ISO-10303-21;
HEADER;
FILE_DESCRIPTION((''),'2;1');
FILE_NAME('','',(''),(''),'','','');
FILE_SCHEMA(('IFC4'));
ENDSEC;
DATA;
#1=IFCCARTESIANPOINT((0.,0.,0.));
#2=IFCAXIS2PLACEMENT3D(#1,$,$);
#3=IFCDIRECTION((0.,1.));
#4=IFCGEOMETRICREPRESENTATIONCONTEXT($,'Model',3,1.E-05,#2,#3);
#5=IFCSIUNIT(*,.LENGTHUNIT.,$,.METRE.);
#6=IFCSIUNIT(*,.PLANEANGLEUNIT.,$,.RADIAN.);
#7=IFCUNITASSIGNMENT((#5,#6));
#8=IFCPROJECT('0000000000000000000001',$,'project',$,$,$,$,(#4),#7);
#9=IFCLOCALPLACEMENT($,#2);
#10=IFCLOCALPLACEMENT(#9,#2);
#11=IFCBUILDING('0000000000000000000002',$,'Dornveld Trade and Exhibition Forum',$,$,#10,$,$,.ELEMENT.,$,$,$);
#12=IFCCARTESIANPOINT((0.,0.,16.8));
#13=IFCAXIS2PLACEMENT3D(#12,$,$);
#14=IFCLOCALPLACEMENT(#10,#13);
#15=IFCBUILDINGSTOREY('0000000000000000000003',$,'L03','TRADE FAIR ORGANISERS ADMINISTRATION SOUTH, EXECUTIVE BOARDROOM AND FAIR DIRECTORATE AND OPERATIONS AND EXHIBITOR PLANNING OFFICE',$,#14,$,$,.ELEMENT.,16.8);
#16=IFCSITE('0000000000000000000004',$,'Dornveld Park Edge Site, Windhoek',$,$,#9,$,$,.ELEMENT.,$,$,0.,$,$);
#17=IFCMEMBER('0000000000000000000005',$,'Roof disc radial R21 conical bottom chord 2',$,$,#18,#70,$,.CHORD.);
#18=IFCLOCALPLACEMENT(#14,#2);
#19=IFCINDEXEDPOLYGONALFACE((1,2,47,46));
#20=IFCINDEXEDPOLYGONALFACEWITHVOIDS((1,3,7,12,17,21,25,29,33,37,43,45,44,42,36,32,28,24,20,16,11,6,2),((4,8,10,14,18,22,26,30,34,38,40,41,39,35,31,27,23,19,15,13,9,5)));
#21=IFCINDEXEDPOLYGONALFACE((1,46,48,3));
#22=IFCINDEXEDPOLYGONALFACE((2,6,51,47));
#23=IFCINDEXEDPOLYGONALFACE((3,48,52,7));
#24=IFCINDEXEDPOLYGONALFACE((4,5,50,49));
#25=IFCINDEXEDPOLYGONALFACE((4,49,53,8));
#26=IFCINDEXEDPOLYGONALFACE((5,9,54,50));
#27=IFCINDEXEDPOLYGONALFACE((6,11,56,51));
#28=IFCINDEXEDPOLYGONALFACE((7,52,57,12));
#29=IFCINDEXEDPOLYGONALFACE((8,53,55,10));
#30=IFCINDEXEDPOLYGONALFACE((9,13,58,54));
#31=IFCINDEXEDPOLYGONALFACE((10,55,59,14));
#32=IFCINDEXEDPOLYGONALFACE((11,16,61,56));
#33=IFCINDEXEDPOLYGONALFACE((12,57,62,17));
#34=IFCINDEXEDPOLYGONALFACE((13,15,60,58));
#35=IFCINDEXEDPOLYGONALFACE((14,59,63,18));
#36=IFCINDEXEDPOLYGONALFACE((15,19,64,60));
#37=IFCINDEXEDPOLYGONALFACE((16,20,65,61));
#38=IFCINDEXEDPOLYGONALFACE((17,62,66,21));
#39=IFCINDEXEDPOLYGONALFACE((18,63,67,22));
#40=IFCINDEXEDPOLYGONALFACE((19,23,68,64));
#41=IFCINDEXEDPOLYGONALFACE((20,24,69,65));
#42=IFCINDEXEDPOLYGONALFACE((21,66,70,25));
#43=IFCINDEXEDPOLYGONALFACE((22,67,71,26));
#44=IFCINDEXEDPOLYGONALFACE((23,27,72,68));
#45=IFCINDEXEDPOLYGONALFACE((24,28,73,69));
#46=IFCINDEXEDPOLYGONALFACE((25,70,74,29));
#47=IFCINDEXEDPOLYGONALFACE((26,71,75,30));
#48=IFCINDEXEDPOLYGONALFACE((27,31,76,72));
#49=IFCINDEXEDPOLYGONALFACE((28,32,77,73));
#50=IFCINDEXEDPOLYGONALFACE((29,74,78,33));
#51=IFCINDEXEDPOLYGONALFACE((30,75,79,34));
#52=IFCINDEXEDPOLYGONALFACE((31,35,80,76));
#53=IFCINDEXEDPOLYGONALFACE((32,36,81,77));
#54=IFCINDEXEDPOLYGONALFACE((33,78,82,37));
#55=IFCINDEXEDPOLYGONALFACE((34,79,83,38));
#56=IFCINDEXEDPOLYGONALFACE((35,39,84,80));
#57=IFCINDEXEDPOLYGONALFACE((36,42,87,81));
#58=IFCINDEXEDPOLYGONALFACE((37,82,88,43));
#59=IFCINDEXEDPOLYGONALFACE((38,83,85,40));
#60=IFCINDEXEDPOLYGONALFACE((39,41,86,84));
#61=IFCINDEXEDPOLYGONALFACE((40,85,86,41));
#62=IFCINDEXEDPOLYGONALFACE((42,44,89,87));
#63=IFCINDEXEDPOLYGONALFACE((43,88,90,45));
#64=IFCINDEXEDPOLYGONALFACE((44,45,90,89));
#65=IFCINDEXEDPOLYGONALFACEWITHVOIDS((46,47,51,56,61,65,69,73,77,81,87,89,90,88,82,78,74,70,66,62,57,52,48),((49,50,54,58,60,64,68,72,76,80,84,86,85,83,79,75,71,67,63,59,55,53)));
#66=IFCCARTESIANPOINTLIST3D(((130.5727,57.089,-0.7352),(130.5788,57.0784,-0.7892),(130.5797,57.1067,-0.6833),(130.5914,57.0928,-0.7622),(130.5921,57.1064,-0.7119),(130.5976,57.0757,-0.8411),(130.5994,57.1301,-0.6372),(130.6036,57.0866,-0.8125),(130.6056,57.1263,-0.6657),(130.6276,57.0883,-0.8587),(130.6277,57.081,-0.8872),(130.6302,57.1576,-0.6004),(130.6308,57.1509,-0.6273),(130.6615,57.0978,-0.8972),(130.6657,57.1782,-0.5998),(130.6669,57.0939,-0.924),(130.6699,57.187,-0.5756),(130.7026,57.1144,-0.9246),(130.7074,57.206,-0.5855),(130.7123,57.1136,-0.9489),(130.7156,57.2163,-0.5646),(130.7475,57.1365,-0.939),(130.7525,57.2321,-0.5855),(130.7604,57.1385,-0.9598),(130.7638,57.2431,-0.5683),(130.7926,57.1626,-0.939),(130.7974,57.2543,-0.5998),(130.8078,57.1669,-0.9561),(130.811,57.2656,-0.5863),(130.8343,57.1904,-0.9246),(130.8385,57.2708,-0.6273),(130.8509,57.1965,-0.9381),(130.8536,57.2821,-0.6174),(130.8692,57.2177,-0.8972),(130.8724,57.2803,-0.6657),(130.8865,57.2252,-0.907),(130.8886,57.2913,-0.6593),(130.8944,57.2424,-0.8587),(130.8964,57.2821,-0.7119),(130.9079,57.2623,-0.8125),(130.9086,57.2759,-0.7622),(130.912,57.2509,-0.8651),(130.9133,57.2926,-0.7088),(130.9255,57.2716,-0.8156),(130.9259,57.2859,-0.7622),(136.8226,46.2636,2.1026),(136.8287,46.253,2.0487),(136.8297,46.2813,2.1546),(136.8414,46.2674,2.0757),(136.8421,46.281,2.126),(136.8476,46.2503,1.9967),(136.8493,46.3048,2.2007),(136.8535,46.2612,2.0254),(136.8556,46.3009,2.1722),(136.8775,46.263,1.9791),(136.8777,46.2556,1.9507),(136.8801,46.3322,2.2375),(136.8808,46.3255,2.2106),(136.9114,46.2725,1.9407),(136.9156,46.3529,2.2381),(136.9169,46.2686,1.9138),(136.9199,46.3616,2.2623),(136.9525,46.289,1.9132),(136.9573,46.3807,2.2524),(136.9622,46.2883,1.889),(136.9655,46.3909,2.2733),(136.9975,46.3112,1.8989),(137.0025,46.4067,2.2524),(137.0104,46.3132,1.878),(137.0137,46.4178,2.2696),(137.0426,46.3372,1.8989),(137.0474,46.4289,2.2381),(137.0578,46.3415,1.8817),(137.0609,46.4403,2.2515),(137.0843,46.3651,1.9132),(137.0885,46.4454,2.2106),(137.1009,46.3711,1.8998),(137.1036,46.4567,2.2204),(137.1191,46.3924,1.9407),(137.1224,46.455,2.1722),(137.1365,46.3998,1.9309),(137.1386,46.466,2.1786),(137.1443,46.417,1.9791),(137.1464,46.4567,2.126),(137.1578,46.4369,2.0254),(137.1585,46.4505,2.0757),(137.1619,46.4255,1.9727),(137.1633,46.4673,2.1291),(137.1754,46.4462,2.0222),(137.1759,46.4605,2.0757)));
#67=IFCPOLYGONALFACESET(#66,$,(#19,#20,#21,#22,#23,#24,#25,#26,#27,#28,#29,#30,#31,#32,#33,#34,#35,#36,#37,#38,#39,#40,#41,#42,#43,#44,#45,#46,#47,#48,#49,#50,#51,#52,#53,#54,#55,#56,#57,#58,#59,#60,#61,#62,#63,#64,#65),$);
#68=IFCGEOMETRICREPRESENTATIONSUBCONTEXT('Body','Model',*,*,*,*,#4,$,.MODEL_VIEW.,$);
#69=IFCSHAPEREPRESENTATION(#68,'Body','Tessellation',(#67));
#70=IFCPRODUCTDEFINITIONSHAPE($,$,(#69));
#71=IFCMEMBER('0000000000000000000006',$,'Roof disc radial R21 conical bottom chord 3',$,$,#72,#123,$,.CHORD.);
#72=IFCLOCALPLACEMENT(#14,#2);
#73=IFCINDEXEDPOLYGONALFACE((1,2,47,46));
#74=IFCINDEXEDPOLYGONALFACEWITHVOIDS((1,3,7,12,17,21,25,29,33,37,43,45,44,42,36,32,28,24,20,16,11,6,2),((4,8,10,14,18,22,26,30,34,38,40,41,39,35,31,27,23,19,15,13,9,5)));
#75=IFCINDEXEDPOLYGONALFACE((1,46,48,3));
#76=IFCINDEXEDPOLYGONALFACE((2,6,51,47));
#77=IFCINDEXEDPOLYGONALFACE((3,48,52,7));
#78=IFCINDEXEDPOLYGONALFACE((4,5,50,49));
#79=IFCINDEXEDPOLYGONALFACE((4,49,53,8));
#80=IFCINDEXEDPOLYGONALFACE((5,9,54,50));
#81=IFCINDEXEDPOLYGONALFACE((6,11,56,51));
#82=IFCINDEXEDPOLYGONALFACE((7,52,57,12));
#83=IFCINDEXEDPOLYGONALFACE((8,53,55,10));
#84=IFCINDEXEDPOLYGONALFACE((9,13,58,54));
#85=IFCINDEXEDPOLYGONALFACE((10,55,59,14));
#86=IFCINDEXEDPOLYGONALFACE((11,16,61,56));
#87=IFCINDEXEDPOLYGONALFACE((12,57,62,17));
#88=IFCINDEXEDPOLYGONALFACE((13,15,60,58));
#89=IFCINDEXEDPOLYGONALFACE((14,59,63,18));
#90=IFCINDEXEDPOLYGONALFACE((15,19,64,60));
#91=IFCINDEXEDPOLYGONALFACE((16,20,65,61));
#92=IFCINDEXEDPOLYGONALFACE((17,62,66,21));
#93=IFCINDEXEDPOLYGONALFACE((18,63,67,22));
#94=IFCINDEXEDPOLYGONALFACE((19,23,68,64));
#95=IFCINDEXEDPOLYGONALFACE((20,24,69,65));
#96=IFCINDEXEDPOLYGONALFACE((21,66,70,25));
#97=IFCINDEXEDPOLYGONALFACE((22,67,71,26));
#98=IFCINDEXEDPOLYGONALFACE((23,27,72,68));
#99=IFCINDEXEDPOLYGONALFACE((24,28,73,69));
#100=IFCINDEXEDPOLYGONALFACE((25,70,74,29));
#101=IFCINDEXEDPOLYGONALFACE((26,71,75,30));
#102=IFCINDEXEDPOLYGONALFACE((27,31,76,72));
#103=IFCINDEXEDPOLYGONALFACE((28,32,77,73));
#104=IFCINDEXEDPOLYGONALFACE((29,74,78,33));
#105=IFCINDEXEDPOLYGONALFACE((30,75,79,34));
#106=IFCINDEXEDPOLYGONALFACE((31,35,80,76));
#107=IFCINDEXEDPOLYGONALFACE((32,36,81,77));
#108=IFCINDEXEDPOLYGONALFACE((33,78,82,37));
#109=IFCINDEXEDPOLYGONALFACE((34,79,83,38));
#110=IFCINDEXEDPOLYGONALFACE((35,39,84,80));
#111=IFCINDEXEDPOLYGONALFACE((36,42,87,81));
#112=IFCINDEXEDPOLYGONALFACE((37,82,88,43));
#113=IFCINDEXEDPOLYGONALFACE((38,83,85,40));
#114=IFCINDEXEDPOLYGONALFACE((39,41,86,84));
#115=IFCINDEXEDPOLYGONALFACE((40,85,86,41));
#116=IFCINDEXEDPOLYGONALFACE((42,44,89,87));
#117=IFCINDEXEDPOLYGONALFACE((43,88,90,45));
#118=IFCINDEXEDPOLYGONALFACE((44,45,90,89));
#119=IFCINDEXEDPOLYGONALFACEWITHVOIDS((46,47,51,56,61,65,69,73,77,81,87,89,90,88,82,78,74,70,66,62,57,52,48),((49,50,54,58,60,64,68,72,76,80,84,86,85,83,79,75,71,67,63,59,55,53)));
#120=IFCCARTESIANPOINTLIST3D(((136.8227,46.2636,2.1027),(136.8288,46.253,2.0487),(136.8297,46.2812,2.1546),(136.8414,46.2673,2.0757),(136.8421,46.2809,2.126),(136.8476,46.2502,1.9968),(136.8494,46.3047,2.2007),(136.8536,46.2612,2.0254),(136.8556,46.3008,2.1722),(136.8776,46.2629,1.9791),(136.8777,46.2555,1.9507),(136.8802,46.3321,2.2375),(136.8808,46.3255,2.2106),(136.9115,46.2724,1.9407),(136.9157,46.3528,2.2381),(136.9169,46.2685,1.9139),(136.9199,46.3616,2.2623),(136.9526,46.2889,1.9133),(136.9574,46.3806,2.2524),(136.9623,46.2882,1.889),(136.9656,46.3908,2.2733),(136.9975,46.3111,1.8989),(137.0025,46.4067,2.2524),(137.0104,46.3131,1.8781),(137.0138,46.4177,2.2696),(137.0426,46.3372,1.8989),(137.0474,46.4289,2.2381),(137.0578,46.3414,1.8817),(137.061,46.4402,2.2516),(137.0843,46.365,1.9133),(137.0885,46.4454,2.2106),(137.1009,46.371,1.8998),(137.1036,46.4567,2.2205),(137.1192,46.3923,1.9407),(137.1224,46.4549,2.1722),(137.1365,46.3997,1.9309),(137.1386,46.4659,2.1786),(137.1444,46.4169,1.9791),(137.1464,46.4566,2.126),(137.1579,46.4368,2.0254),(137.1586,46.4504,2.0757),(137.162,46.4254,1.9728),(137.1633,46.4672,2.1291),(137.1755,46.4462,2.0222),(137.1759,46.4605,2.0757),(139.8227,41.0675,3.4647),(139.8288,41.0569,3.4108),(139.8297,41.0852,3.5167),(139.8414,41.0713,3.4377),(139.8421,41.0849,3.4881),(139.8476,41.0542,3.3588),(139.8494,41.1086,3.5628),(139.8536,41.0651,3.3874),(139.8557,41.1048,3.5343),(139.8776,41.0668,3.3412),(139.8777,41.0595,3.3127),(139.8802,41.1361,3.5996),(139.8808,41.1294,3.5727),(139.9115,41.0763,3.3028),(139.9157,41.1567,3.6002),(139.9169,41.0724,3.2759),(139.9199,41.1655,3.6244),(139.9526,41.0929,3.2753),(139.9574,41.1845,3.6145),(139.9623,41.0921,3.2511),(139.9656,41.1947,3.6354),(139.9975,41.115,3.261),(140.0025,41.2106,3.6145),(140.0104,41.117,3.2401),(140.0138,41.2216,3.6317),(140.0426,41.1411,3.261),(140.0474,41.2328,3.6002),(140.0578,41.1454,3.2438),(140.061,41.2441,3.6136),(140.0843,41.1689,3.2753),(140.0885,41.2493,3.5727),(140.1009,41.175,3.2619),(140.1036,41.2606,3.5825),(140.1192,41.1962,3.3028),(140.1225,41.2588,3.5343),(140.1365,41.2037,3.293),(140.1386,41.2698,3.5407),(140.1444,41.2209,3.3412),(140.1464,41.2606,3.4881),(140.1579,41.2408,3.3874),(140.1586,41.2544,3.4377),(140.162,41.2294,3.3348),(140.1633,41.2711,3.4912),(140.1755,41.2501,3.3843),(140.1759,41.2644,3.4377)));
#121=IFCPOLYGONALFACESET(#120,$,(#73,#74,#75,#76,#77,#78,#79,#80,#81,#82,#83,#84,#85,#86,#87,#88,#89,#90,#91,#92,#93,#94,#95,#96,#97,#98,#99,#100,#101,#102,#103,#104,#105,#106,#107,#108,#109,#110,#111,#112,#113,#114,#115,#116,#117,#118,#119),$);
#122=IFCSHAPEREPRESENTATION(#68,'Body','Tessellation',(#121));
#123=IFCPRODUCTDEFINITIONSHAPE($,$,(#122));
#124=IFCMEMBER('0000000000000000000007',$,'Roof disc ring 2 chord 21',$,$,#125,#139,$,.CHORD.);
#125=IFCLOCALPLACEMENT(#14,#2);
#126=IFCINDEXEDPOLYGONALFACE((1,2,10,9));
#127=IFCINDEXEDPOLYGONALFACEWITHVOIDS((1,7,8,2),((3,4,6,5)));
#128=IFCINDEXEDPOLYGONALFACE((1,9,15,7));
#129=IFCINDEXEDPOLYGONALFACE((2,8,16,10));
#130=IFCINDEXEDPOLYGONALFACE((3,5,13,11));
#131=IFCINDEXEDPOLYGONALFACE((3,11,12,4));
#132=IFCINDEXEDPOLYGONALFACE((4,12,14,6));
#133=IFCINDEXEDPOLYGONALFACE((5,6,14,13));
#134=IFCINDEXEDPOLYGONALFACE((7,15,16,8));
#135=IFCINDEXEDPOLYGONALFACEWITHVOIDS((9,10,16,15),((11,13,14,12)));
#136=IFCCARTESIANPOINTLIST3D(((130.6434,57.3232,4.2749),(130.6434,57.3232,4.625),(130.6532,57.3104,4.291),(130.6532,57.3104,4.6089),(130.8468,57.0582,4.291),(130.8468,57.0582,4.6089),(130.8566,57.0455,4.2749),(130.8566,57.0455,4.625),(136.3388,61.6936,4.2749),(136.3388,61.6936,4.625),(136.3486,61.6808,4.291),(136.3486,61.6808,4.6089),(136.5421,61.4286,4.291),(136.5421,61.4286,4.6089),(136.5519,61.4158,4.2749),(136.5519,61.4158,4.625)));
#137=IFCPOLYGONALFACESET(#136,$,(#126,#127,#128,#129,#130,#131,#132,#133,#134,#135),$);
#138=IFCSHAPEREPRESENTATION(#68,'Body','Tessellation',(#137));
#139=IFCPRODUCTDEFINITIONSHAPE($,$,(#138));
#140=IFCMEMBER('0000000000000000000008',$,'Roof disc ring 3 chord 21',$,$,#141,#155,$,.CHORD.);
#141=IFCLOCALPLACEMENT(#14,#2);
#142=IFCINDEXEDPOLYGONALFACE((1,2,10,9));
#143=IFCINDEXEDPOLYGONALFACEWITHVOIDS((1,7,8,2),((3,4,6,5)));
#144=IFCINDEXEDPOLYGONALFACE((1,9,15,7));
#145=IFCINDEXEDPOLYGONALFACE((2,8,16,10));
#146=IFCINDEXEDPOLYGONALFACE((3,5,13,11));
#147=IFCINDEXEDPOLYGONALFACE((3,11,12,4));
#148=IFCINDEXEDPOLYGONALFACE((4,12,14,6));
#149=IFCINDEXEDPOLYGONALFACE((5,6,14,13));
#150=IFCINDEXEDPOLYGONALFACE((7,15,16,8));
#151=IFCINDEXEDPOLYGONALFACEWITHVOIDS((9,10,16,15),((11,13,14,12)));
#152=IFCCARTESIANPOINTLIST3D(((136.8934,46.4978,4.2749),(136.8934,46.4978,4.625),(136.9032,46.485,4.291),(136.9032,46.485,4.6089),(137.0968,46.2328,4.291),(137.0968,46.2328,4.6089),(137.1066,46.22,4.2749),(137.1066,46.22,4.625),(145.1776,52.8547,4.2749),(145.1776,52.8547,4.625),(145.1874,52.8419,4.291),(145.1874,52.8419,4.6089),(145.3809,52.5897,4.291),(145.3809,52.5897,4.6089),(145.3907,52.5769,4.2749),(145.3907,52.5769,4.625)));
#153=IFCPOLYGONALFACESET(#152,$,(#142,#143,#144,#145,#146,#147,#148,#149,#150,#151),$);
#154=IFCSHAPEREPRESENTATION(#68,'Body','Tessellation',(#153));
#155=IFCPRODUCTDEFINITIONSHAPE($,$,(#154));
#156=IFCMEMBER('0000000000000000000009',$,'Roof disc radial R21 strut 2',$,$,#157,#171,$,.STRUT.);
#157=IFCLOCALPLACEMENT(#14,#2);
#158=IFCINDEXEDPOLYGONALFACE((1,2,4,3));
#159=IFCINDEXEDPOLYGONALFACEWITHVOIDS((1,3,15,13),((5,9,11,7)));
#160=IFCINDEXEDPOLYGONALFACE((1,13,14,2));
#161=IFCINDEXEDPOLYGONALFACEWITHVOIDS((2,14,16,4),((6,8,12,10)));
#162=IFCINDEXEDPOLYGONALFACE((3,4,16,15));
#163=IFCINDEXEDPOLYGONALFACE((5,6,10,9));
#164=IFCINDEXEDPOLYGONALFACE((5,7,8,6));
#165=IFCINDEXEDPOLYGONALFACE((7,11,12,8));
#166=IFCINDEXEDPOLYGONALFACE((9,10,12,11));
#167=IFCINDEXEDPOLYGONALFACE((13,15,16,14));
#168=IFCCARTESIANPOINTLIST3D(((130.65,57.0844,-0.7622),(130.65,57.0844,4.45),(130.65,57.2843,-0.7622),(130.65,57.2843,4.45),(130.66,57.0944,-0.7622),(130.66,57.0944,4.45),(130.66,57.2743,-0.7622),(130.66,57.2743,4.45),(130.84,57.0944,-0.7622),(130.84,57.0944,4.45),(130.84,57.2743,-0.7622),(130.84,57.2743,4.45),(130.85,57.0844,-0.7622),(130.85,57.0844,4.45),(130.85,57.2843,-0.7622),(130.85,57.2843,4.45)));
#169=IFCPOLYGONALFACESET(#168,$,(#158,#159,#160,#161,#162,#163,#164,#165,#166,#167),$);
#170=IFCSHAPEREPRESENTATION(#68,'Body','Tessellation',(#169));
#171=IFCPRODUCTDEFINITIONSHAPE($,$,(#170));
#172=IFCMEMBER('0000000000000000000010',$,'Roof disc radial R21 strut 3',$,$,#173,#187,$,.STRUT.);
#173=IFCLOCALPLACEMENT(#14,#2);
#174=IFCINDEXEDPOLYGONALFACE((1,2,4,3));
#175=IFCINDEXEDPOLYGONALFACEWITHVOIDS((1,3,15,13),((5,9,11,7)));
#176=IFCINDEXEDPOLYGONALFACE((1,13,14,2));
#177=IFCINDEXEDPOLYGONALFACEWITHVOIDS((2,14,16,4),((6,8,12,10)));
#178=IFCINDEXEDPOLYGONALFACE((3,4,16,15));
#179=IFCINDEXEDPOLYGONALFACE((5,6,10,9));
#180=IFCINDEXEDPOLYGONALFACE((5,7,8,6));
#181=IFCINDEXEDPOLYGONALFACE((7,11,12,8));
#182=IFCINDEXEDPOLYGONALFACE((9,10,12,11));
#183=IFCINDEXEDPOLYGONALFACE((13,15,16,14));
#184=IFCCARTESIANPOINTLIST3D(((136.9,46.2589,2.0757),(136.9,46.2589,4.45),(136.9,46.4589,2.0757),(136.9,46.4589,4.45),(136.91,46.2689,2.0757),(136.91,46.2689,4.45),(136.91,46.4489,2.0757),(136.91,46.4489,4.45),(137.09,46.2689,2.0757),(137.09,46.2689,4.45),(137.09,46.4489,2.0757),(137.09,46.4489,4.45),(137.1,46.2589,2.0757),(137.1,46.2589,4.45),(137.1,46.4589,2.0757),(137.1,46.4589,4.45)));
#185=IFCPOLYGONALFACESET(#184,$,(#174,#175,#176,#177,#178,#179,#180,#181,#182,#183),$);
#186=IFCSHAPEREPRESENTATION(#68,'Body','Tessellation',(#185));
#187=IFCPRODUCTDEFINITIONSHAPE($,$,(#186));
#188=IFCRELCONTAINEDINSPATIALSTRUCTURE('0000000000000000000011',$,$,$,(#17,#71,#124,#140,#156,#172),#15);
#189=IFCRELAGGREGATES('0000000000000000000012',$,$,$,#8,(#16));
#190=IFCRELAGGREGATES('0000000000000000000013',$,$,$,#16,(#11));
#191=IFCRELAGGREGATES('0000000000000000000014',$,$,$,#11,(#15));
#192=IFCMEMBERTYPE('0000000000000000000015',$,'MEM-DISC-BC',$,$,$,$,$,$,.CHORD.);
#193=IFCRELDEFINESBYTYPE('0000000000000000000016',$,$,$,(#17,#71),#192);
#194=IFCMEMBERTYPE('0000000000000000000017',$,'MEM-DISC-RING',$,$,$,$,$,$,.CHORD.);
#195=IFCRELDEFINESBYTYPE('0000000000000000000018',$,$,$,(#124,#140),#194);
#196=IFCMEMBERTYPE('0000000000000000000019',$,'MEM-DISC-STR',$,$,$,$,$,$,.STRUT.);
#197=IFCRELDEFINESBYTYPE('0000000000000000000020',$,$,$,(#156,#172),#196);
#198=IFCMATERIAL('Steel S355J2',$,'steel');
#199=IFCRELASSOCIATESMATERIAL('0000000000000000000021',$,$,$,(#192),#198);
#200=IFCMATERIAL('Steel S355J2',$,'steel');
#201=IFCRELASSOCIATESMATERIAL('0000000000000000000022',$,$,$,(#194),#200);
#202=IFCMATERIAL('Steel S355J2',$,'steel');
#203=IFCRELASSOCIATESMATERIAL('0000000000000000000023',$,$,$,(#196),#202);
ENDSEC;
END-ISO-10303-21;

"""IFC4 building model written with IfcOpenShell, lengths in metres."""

from ifc_helpers import new_model, si_unit, direction, frame, origin, origin_2d, place, context, subcontext, project, spatial, hollow_rectangle, hollow_circle, extrude, material, material_profile, profile_set, type_object, element, save


model = new_model("IFC4")

# Units and contexts
model_context = context("Model", 3, precision=1e-05, world=origin(), true_north=direction((0.0, 1.0)))
body_context = subcontext(model_context, "Body", "Model", "MODEL_VIEW")
ifc_project = project(units=[si_unit("LENGTHUNIT", "METRE"), si_unit("PLANEANGLEUNIT", "RADIAN")], contexts=[model_context])

# Site, building, storey
site_placement = place(None, origin())
site = spatial("IfcSite", under=ifc_project, at=site_placement, Name="Dornveld Park Edge Site, Windhoek", CompositionType="ELEMENT", RefElevation=0.0)
building_placement = place(site_placement, origin())
building = spatial("IfcBuilding", under=site, at=building_placement, Name="Dornveld Trade and Exhibition Forum", CompositionType="ELEMENT")
storey_placement = place(building_placement, frame((0.0, 0.0, 16.8)))
storey = spatial("IfcBuildingStorey", under=building, at=storey_placement, Name="L03", Description="TRADE FAIR ORGANISERS ADMINISTRATION SOUTH, EXECUTIVE BOARDROOM AND FAIR DIRECTORATE AND OPERATIONS AND EXHIBITOR PLANNING OFFICE", CompositionType="ELEMENT", Elevation=16.8)

# Members
ifc_material_1 = material(Name="Steel S355J2", Category="steel")
ifc_material_profile_1 = material_profile(ifc_material_1, hollow_circle(Radius=0.2031, WallThickness=0.02, at=origin_2d()), Name="CHS 406.4x20")
ifc_profile_set_1 = profile_set([ifc_material_profile_1], Name="Steel S355J2")
member_type_1 = type_object("IfcMemberType", Name="MEM-DISC-BC", PredefinedType="CHORD", material=ifc_profile_set_1)
member_1_placement = place(storey_placement, frame((130.75, 57.1843, -0.7622), z_axis=(0.487588, -0.844537, 0.221395), x_axis=(0.866028, 0.499996, 0.0)))
element("IfcMember", 1, at=member_1_placement, inside=storey, type_object=member_type_1, Name="Roof disc radial R21 conical bottom chord 2", PredefinedType="CHORD", context=body_context, shape_type="SweptSolid", body=[
    extrude(hollow_circle(Radius=0.2031, WallThickness=0.02, at=origin_2d()), origin(), (0.0, 0.0, 1.0), 12.8181),
])
member_2_placement = place(storey_placement, frame((137.0, 46.3589, 2.0757), z_axis=(0.487601, -0.844533, 0.221381), x_axis=(0.866021, 0.500008, 0.0)))
element("IfcMember", 2, at=member_2_placement, inside=storey, type_object=member_type_1, Name="Roof disc radial R21 conical bottom chord 3", PredefinedType="CHORD", context=body_context, shape_type="SweptSolid", body=[
    extrude(hollow_circle(Radius=0.2031, WallThickness=0.02, at=origin_2d()), origin(), (0.0, 0.0, 1.0), 6.1526),
])
ifc_material_2 = material(Name="Steel S355J2", Category="steel")
ifc_material_profile_2 = material_profile(ifc_material_2, hollow_rectangle(XDim=0.3501, YDim=0.3501, WallThickness=0.0161, at=origin_2d()), Name="SHS 350x350x16")
ifc_profile_set_2 = profile_set([ifc_material_profile_2], Name="Steel S355J2")
member_type_2 = type_object("IfcMemberType", Name="MEM-DISC-RING", PredefinedType="CHORD", material=ifc_profile_set_2)
member_3_placement = place(storey_placement, frame((130.75, 57.1843, 4.45), z_axis=(0.79334, 0.608778, 0.0), x_axis=(-0.608778, 0.79334, 0.0)))
element("IfcMember", 3, at=member_3_placement, inside=storey, type_object=member_type_2, Name="Roof disc ring 2 chord 21", PredefinedType="CHORD", context=body_context, shape_type="SweptSolid", body=[
    extrude(hollow_rectangle(XDim=0.3501, YDim=0.3501, WallThickness=0.0161, at=origin_2d()), origin(), (0.0, 0.0, 1.0), 7.179),
])
member_4_placement = place(storey_placement, frame((137.0, 46.3589, 4.45), z_axis=(0.793341, 0.608777, 0.0), x_axis=(-0.608777, 0.793341, 0.0)))
element("IfcMember", 4, at=member_4_placement, inside=storey, type_object=member_type_2, Name="Roof disc ring 3 chord 21", PredefinedType="CHORD", context=body_context, shape_type="SweptSolid", body=[
    extrude(hollow_rectangle(XDim=0.3501, YDim=0.3501, WallThickness=0.0161, at=origin_2d()), origin(), (0.0, 0.0, 1.0), 10.4421),
])
ifc_material_3 = material(Name="Steel S355J2", Category="steel")
ifc_material_profile_3 = material_profile(ifc_material_3, hollow_rectangle(XDim=0.2, YDim=0.2, WallThickness=0.01, at=origin_2d()), Name="SHS 200x200x10")
ifc_profile_set_3 = profile_set([ifc_material_profile_3], Name="Steel S355J2")
member_type_3 = type_object("IfcMemberType", Name="MEM-DISC-STR", PredefinedType="STRUT", material=ifc_profile_set_3)
member_5_placement = place(storey_placement, frame((130.75, 57.1843, -0.7622), z_axis=(0.0, 0.0, 1.0), x_axis=(1.0, 0.0, 0.0)))
element("IfcMember", 5, at=member_5_placement, inside=storey, type_object=member_type_3, Name="Roof disc radial R21 strut 2", PredefinedType="STRUT", context=body_context, shape_type="SweptSolid", body=[
    extrude(hollow_rectangle(XDim=0.2, YDim=0.2, WallThickness=0.01, at=origin_2d()), origin(), (0.0, 0.0, 1.0), 5.2122),
])
member_6_placement = place(storey_placement, frame((137.0, 46.3589, 2.0757), z_axis=(0.0, 0.0, 1.0), x_axis=(1.0, 0.0, 0.0)))
element("IfcMember", 6, at=member_6_placement, inside=storey, type_object=member_type_3, Name="Roof disc radial R21 strut 3", PredefinedType="STRUT", context=body_context, shape_type="SweptSolid", body=[
    extrude(hollow_rectangle(XDim=0.2, YDim=0.2, WallThickness=0.01, at=origin_2d()), origin(), (0.0, 0.0, 1.0), 2.3743),
])

save(model, "model.ifc")
